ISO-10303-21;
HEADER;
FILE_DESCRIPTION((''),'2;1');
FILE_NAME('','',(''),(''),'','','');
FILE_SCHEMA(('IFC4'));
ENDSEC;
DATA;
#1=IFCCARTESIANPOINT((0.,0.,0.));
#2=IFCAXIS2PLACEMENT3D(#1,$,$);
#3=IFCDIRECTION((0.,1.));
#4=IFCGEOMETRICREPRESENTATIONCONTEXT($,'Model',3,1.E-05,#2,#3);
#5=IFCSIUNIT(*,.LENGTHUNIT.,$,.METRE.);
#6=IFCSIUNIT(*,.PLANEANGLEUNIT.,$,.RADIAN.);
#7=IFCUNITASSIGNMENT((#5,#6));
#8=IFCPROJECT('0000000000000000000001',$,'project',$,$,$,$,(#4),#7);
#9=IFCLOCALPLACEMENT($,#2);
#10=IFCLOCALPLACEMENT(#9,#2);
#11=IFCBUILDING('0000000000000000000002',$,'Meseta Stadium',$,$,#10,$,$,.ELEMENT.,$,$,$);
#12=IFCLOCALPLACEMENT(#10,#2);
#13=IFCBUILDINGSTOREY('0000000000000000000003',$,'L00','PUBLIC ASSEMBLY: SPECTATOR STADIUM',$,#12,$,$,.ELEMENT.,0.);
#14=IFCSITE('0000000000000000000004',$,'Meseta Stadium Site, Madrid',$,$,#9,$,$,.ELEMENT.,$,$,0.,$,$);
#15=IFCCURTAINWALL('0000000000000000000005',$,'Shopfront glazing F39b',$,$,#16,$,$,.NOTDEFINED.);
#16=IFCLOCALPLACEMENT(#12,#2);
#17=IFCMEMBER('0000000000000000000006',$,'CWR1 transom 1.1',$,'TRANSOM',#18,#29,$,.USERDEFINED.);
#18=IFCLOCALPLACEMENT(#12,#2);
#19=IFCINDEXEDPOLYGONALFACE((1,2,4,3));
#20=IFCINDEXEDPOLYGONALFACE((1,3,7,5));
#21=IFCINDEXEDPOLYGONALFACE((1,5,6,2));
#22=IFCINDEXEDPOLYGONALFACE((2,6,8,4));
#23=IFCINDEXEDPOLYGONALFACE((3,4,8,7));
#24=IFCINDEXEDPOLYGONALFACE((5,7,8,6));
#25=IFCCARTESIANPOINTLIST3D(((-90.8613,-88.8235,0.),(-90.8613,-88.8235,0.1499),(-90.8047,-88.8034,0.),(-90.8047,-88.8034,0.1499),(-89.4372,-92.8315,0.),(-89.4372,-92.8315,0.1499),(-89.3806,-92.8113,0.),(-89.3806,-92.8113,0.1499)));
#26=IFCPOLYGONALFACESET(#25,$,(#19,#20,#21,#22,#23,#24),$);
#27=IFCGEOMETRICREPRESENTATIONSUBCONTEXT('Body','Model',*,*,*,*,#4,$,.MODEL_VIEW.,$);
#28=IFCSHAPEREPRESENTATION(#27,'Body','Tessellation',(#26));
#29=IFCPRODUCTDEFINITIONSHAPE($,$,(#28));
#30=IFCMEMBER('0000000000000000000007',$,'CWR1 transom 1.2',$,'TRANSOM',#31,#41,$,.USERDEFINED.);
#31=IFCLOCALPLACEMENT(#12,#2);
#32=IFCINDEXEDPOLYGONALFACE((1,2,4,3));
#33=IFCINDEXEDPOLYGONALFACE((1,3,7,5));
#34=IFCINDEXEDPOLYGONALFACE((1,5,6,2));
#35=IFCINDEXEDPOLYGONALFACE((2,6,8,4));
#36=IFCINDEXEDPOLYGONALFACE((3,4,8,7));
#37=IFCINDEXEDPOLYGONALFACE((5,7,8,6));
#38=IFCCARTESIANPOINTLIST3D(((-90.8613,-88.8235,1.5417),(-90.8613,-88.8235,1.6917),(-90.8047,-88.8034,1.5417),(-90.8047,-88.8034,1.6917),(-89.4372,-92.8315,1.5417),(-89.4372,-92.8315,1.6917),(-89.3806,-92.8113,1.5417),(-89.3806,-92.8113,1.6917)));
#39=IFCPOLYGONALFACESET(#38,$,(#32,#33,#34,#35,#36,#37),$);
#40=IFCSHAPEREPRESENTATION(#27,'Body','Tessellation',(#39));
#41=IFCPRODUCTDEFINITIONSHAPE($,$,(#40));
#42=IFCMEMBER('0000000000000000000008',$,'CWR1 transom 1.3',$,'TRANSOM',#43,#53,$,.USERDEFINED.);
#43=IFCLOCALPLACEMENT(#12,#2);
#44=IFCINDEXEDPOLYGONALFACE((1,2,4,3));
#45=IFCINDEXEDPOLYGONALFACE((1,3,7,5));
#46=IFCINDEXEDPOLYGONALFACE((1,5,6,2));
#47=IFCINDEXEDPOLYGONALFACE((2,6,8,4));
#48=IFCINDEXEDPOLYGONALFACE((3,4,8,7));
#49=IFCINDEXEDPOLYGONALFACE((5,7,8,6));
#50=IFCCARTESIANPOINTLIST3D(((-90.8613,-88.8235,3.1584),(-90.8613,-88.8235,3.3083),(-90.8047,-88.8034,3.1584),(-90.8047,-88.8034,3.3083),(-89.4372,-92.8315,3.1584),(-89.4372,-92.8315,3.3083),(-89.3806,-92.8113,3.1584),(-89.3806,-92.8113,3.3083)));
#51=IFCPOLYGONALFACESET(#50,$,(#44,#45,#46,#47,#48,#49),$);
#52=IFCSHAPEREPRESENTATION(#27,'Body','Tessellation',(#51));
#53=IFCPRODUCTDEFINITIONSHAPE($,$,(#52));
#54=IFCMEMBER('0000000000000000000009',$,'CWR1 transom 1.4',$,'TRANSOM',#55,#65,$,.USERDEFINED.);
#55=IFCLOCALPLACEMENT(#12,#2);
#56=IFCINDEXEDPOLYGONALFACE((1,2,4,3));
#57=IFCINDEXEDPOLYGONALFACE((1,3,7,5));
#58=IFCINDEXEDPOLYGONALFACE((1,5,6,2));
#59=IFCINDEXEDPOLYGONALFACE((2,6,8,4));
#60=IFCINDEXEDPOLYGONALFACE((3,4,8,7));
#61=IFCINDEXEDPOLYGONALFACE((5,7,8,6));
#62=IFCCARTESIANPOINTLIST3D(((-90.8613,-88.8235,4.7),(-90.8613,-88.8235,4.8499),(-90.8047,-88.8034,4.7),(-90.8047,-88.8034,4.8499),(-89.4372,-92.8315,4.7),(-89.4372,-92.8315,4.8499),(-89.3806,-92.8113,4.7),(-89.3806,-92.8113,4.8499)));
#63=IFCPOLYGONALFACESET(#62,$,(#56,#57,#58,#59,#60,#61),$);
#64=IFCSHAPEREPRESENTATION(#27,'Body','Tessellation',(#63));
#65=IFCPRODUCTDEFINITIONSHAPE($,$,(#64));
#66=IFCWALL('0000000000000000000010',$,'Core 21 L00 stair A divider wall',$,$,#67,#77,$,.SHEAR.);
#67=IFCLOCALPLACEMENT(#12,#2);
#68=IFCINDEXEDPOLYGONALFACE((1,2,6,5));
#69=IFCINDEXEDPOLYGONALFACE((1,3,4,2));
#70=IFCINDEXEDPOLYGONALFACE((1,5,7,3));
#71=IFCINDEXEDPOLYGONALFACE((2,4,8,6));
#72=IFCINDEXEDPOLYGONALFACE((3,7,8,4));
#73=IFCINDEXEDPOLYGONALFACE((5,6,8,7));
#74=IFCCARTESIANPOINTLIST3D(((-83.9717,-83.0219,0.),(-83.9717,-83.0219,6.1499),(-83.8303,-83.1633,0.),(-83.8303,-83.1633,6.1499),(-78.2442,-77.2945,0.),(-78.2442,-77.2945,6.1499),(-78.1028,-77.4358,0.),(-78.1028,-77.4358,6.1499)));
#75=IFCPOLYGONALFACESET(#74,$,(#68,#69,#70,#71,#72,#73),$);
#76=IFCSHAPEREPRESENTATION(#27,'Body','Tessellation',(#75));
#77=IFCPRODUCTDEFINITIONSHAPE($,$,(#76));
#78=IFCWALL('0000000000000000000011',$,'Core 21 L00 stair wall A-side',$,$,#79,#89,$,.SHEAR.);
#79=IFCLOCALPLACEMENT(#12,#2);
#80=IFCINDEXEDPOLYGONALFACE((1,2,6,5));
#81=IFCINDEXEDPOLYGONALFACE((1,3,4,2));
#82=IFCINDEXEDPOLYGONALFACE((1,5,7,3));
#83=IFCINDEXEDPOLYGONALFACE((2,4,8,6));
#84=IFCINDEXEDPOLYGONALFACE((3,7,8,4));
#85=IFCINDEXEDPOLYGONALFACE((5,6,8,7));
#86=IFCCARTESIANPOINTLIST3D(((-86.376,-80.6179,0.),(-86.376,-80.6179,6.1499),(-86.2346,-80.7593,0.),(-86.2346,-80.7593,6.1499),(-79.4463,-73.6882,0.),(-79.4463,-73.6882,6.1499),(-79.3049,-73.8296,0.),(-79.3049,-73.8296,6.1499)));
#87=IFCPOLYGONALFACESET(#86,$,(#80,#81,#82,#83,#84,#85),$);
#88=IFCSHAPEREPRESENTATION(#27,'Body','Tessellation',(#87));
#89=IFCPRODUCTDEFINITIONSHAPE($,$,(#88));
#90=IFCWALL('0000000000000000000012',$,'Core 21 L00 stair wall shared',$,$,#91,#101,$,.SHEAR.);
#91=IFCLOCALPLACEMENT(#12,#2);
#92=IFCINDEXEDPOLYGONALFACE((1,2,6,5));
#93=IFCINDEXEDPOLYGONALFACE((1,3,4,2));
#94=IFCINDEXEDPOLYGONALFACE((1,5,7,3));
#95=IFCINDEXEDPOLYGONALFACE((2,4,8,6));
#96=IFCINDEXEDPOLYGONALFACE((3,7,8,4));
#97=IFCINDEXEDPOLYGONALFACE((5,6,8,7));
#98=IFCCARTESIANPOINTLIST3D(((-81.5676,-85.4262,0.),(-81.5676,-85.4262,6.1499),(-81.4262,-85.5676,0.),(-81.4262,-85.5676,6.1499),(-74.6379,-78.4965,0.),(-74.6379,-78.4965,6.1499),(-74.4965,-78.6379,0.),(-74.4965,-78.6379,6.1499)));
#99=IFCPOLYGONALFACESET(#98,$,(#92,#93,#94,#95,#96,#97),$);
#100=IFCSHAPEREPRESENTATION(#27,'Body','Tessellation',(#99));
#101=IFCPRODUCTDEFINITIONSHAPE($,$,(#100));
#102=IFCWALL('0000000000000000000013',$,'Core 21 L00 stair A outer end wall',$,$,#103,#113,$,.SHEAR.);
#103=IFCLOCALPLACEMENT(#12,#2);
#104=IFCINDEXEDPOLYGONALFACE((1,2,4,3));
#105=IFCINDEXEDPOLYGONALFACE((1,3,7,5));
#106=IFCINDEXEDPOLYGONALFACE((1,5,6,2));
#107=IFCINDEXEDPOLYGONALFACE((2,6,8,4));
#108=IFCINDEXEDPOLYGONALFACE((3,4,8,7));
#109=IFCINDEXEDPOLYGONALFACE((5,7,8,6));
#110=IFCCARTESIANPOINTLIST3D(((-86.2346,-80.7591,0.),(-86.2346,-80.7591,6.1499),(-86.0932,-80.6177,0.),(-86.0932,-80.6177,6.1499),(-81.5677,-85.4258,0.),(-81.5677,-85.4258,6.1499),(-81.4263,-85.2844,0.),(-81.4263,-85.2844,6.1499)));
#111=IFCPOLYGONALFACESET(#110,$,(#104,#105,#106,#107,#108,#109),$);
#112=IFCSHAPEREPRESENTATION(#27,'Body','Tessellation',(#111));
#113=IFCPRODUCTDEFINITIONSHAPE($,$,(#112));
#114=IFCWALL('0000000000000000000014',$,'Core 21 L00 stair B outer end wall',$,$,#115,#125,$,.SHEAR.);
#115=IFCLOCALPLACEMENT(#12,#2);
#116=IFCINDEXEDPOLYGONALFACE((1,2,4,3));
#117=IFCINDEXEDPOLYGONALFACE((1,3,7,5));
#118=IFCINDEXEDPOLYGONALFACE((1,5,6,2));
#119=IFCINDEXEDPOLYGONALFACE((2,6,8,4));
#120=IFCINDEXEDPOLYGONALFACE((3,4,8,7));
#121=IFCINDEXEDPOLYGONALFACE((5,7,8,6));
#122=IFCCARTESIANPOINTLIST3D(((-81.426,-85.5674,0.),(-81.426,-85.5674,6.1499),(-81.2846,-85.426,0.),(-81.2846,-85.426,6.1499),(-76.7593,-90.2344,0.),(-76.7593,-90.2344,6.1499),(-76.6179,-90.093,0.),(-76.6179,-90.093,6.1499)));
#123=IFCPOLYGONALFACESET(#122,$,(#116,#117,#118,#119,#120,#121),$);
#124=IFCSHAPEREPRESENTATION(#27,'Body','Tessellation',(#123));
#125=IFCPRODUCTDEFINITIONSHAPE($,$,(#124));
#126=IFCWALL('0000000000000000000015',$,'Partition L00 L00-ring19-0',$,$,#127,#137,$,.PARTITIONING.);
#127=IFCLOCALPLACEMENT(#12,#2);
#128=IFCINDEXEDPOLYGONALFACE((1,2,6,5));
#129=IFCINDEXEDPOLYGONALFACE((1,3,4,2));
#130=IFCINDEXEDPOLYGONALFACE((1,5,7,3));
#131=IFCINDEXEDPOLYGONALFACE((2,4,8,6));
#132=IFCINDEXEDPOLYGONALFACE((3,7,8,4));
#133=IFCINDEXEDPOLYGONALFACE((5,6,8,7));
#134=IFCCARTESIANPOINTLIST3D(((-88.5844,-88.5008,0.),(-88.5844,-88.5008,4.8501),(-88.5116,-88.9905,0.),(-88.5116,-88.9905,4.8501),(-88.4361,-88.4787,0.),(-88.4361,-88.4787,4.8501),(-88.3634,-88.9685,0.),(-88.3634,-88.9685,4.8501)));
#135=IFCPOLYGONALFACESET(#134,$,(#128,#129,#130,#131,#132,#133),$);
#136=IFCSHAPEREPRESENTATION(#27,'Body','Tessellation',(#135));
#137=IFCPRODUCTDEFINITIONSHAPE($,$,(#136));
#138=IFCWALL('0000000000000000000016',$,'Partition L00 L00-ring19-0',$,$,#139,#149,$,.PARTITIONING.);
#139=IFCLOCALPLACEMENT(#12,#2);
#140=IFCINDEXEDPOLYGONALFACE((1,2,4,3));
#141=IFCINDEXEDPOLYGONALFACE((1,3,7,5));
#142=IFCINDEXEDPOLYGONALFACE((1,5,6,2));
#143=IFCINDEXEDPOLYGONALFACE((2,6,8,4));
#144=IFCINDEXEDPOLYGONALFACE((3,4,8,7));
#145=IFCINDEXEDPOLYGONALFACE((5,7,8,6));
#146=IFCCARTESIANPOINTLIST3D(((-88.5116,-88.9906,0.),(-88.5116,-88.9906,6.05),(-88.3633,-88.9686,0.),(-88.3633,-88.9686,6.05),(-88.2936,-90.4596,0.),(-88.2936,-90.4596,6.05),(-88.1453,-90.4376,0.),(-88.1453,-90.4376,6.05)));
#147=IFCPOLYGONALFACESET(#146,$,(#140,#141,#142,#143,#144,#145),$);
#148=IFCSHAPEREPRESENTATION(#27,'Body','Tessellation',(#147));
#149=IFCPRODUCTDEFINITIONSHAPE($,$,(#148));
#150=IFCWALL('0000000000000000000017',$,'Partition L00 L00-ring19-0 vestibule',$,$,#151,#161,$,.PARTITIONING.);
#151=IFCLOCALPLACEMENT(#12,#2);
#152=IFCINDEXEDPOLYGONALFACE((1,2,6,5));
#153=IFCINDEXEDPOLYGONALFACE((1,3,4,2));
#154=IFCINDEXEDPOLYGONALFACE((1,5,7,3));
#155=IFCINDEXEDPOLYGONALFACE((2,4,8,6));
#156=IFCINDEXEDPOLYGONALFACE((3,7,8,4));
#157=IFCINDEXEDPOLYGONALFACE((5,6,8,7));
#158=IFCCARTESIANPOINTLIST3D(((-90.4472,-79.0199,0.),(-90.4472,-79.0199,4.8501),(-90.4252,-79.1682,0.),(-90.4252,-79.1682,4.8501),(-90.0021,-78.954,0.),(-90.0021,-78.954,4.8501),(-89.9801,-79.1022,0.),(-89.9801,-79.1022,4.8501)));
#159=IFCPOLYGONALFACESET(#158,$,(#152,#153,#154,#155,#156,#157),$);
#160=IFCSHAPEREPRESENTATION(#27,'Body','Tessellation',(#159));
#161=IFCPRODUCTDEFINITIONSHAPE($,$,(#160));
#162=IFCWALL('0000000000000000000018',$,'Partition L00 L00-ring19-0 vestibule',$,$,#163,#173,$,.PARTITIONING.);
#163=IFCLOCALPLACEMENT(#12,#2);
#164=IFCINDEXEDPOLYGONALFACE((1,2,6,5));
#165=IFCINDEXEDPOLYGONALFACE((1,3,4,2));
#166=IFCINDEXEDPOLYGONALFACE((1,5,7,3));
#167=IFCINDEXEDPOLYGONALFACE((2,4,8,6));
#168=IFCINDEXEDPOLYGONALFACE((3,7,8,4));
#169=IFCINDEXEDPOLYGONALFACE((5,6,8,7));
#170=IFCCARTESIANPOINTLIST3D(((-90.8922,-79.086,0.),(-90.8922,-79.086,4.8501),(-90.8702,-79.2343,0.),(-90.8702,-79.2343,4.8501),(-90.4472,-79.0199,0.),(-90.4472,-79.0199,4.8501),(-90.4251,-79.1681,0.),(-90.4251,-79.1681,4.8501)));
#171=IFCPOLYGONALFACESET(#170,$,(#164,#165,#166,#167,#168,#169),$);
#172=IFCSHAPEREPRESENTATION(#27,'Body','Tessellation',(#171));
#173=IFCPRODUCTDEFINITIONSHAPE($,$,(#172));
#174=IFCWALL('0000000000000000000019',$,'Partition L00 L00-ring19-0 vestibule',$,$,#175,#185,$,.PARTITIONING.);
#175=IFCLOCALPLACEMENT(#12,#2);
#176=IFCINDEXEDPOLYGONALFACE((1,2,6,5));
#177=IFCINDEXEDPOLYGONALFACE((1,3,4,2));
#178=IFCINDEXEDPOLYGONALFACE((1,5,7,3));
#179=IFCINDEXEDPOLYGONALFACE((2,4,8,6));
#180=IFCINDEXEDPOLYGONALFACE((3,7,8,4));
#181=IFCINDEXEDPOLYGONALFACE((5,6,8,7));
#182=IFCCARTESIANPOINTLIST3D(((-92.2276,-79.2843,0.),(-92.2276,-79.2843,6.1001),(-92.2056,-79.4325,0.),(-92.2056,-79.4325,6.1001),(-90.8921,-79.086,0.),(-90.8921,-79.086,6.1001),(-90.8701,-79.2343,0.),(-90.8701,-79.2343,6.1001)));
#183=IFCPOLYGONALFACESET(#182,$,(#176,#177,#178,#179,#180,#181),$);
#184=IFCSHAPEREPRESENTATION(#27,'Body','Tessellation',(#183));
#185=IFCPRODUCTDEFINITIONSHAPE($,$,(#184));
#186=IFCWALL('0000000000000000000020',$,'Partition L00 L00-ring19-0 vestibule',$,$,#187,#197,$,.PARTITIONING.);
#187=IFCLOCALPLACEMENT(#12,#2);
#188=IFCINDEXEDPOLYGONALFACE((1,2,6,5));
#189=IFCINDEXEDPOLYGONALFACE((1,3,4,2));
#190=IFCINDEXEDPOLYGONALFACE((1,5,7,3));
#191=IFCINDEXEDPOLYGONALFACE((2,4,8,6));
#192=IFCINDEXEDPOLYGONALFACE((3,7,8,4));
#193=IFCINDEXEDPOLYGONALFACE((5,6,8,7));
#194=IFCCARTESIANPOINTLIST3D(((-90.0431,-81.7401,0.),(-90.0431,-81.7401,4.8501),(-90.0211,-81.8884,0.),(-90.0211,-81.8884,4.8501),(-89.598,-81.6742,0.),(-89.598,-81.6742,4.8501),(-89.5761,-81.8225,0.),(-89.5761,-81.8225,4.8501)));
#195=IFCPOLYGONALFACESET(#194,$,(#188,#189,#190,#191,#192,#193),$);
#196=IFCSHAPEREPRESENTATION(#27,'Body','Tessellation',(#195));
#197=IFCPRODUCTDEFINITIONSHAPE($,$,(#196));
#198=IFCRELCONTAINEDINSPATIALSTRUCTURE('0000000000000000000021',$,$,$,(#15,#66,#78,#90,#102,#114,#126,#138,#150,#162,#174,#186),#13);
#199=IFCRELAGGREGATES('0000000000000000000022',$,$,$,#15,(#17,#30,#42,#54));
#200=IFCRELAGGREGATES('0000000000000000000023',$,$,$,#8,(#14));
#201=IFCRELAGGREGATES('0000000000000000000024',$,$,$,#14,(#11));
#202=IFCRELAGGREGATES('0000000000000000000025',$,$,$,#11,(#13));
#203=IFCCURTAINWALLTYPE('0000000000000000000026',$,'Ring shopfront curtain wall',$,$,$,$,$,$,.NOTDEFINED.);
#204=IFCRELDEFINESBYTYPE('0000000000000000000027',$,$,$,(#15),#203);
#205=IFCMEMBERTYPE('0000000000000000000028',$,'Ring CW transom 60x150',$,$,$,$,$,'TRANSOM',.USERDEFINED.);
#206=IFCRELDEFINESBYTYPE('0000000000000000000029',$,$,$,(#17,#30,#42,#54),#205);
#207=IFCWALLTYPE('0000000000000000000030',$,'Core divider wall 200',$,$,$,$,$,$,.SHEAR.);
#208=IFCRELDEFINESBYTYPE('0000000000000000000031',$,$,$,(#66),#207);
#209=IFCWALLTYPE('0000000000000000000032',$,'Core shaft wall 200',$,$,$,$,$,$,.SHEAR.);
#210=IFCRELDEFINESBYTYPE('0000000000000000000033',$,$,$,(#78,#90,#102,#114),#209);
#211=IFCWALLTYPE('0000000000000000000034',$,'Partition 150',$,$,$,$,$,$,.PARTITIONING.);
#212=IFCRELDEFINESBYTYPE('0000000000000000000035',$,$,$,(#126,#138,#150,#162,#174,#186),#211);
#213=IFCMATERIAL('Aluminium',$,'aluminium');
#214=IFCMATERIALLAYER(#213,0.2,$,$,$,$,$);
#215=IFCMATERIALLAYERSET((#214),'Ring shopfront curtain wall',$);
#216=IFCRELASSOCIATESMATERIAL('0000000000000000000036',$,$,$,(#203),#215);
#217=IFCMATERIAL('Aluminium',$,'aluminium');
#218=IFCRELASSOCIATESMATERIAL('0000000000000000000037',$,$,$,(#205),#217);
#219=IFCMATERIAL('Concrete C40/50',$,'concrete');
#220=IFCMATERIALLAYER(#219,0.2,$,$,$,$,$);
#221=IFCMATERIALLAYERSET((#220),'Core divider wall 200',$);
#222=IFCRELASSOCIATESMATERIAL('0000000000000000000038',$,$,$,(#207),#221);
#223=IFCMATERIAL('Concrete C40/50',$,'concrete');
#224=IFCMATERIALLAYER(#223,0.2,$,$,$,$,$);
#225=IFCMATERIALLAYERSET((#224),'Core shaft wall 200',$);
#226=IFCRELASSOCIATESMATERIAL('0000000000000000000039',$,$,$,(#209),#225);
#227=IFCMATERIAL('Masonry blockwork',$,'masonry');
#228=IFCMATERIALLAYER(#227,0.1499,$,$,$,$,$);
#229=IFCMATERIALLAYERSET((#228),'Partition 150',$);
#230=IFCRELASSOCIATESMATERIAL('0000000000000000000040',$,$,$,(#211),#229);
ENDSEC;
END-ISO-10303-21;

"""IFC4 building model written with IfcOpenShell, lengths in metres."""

from ifc_helpers import new_model, si_unit, direction, frame, frame_2d, origin, origin_2d, place, context, subcontext, project, spatial, rectangle, extrude, material, layer, layer_set, material_profile, profile_set, type_object, element, aggregate, save


model = new_model("IFC4")

# Units and contexts
model_context = context("Model", 3, precision=1e-05, world=origin(), true_north=direction((0.0, 1.0)))
body_context = subcontext(model_context, "Body", "Model", "MODEL_VIEW")
ifc_project = project(units=[si_unit("LENGTHUNIT", "METRE"), si_unit("PLANEANGLEUNIT", "RADIAN")], contexts=[model_context])

# Site, building, storey
site_placement = place(None, origin())
site = spatial("IfcSite", under=ifc_project, at=site_placement, Name="Meseta Stadium Site, Madrid", CompositionType="ELEMENT", RefElevation=0.0)
building_placement = place(site_placement, origin())
building = spatial("IfcBuilding", under=site, at=building_placement, Name="Meseta Stadium", CompositionType="ELEMENT")
storey_placement = place(building_placement, origin())
storey = spatial("IfcBuildingStorey", under=building, at=storey_placement, Name="L00", Description="PUBLIC ASSEMBLY: SPECTATOR STADIUM", CompositionType="ELEMENT", Elevation=0.0)

# Shared definitions
ifc_material_1 = material(Name="Aluminium", Category="aluminium")
ifc_layer_1 = layer(ifc_material_1, 0.2)
ifc_layer_set_1 = layer_set([ifc_layer_1], Name="Ring shopfront curtain wall")
curtain_wall_type = type_object("IfcCurtainWallType", Name="Ring shopfront curtain wall", PredefinedType="NOTDEFINED", material=ifc_layer_set_1)

# Curtain wall, members
curtain_wall_1_placement = place(storey_placement, origin())
curtain_wall_1 = element("IfcCurtainWall", 1, at=curtain_wall_1_placement, inside=storey, type_object=curtain_wall_type, Name="Shopfront glazing F39b", PredefinedType="NOTDEFINED")
ifc_material_2 = material(Name="Aluminium", Category="aluminium")
ifc_material_profile_1 = material_profile(ifc_material_2, rectangle(XDim=0.0601, YDim=0.1499, at=origin_2d()), Name="CW 60x150")
ifc_profile_set_1 = profile_set([ifc_material_profile_1], Name="Aluminium")
member_type_1 = type_object("IfcMemberType", Name="Ring CW transom 60x150", ElementType="TRANSOM", PredefinedType="USERDEFINED", material=ifc_profile_set_1)
member_1_placement = place(storey_placement, frame((-90.833, -88.8135, 0.075), z_axis=(0.334816, -0.942284, 0.0), x_axis=(0.942284, 0.334816, 0.0)))
member_1 = element("IfcMember", 2, at=member_1_placement, type_object=member_type_1, Name="CWR1 transom 1.1", ObjectType="TRANSOM", PredefinedType="USERDEFINED", context=body_context, shape_type="SweptSolid", body=[
    extrude(rectangle(XDim=0.0601, YDim=0.1499, at=origin_2d()), origin(), (0.0, 0.0, 1.0), 4.2534),
])
member_2_placement = place(storey_placement, frame((-90.833, -88.8135, 1.6167), z_axis=(0.334816, -0.942284, 0.0), x_axis=(0.942284, 0.334816, 0.0)))
member_2 = element("IfcMember", 3, at=member_2_placement, type_object=member_type_1, Name="CWR1 transom 1.2", ObjectType="TRANSOM", PredefinedType="USERDEFINED", context=body_context, shape_type="SweptSolid", body=[
    extrude(rectangle(XDim=0.0601, YDim=0.1499, at=origin_2d()), origin(), (0.0, 0.0, 1.0), 4.2534),
])
member_3_placement = place(storey_placement, frame((-90.833, -88.8135, 3.2334), z_axis=(0.334816, -0.942284, 0.0), x_axis=(0.942284, 0.334816, 0.0)))
member_3 = element("IfcMember", 4, at=member_3_placement, type_object=member_type_1, Name="CWR1 transom 1.3", ObjectType="TRANSOM", PredefinedType="USERDEFINED", context=body_context, shape_type="SweptSolid", body=[
    extrude(rectangle(XDim=0.0601, YDim=0.1499, at=origin_2d()), origin(), (0.0, 0.0, 1.0), 4.2534),
])
member_4_placement = place(storey_placement, frame((-90.833, -88.8135, 4.7749), z_axis=(0.334816, -0.942284, 0.0), x_axis=(0.942284, 0.334816, 0.0)))
member_4 = element("IfcMember", 5, at=member_4_placement, type_object=member_type_1, Name="CWR1 transom 1.4", ObjectType="TRANSOM", PredefinedType="USERDEFINED", context=body_context, shape_type="SweptSolid", body=[
    extrude(rectangle(XDim=0.0601, YDim=0.1499, at=origin_2d()), origin(), (0.0, 0.0, 1.0), 4.2534),
])
aggregate(curtain_wall_1, [member_1, member_2, member_3, member_4])

# Walls
ifc_material_3 = material(Name="Concrete C40/50", Category="concrete")
ifc_layer_2 = layer(ifc_material_3, 0.2)
ifc_layer_set_2 = layer_set([ifc_layer_2], Name="Core divider wall 200")
wall_type_1 = type_object("IfcWallType", Name="Core divider wall 200", PredefinedType="SHEAR", material=ifc_layer_set_2)
wall_1_placement = place(storey_placement, frame((-83.9009, -83.0925, 0.0), z_axis=(0.0, 0.0, 1.0), x_axis=(0.707107, 0.707107, 0.0)))
element("IfcWall", 6, at=wall_1_placement, inside=storey, type_object=wall_type_1, Name="Core 21 L00 stair A divider wall", PredefinedType="SHEAR", context=body_context, shape_type="SweptSolid", body=[
    extrude(rectangle(XDim=8.0999, YDim=0.2, at=frame_2d((4.0498, 0.0))), origin(), (0.0, 0.0, 1.0), 6.1499),
])
ifc_material_4 = material(Name="Concrete C40/50", Category="concrete")
ifc_layer_3 = layer(ifc_material_4, 0.2)
ifc_layer_set_3 = layer_set([ifc_layer_3], Name="Core shaft wall 200")
wall_type_2 = type_object("IfcWallType", Name="Core shaft wall 200", PredefinedType="SHEAR", material=ifc_layer_set_3)
for number, where, z_axis, x_axis, name in (
    (7, (-86.3052, -80.6885, 0.0), (0.0, 0.0, 1.0), (0.707107, 0.707107, 0.0), "Core 21 L00 stair wall A-side"),
    (8, (-81.4968, -85.4968, 0.0), (0.0, 0.0, 1.0), (0.707107, 0.707107, 0.0), "Core 21 L00 stair wall shared"),
):
    element("IfcWall", number, at=place(storey_placement, frame(where, z_axis=z_axis, x_axis=x_axis)), inside=storey, type_object=wall_type_2, Name=name, PredefinedType="SHEAR", context=body_context, shape_type="SweptSolid", body=[
        extrude(rectangle(XDim=9.8, YDim=0.2, at=frame_2d((4.8999, 0.0))), origin(), (0.0, 0.0, 1.0), 6.1499),
    ])
for number, where, z_axis, x_axis, name in (
    (9, (-86.1638, -80.6885, 0.0), (0.0, 0.0, 1.0), (0.707125, -0.707088, 0.0), "Core 21 L00 stair A outer end wall"),
    (10, (-81.3552, -85.4968, 0.0), (0.0, 0.0, 1.0), (0.707088, -0.707125, 0.0), "Core 21 L00 stair B outer end wall"),
):
    element("IfcWall", number, at=place(storey_placement, frame(where, z_axis=z_axis, x_axis=x_axis)), inside=storey, type_object=wall_type_2, Name=name, PredefinedType="SHEAR", context=body_context, shape_type="SweptSolid", body=[
        extrude(rectangle(XDim=6.5999, YDim=0.2, at=frame_2d((3.2998, 0.0))), origin(), (0.0, 0.0, 1.0), 6.1499),
    ])
ifc_material_5 = material(Name="Masonry blockwork", Category="masonry")
ifc_layer_4 = layer(ifc_material_5, 0.1499)
ifc_layer_set_4 = layer_set([ifc_layer_4], Name="Partition 150")
wall_type_3 = type_object("IfcWallType", Name="Partition 150", PredefinedType="PARTITIONING", material=ifc_layer_set_4)
wall_2_placement = place(storey_placement, frame((-88.5103, -88.4897, 0.0), z_axis=(0.0, 0.0, 1.0), x_axis=(0.146942, -0.989145, 0.0)))
element("IfcWall", 11, at=wall_2_placement, inside=storey, type_object=wall_type_3, Name="Partition L00 L00-ring19-0", PredefinedType="PARTITIONING", context=body_context, shape_type="SweptSolid", body=[
    extrude(rectangle(XDim=0.4951, YDim=0.1499, at=frame_2d((0.2476, 0.0))), origin(), (0.0, 0.0, 1.0), 4.8501),
])
wall_3_placement = place(storey_placement, frame((-88.4375, -88.9795, 0.0), z_axis=(0.0, 0.0, 1.0), x_axis=(0.146805, -0.989165, 0.0)))
element("IfcWall", 12, at=wall_3_placement, inside=storey, type_object=wall_type_3, Name="Partition L00 L00-ring19-0", PredefinedType="PARTITIONING", context=body_context, shape_type="SweptSolid", body=[
    extrude(rectangle(XDim=1.4851, YDim=0.1499, at=frame_2d((0.7427, 0.0))), origin(), (0.0, 0.0, 1.0), 6.05),
])
for number, where, z_axis, x_axis, name in (
    (13, (-89.991, -79.0281, 0.0), (0.0, 0.0, 1.0), (-0.989209, -0.146509, 0.0), "Partition L00 L00-ring19-0 vestibule"),
    (14, (-90.436, -79.094, 0.0), (0.0, 0.0, 1.0), (-0.989131, -0.14704, 0.0), "Partition L00 L00-ring19-0 vestibule"),
):
    element("IfcWall", number, at=place(storey_placement, frame(where, z_axis=z_axis, x_axis=x_axis)), inside=storey, type_object=wall_type_3, Name=name, PredefinedType="PARTITIONING", context=body_context, shape_type="SweptSolid", body=[
        extrude(rectangle(XDim=0.45, YDim=0.1499, at=frame_2d((0.2251, 0.0))), origin(), (0.0, 0.0, 1.0), 4.8501),
    ])
wall_4_placement = place(storey_placement, frame((-90.8811, -79.1602, 0.0), z_axis=(0.0, 0.0, 1.0), x_axis=(-0.989161, -0.146837, 0.0)))
element("IfcWall", 15, at=wall_4_placement, inside=storey, type_object=wall_type_3, Name="Partition L00 L00-ring19-0 vestibule", PredefinedType="PARTITIONING", context=body_context, shape_type="SweptSolid", body=[
    extrude(rectangle(XDim=1.3501, YDim=0.1499, at=frame_2d((0.675, 0.0))), origin(), (0.0, 0.0, 1.0), 6.1001),
])
wall_5_placement = place(storey_placement, frame((-89.5869, -81.7483, 0.0), z_axis=(0.0, 0.0, 1.0), x_axis=(-0.989209, -0.146509, 0.0)))
element("IfcWall", 16, at=wall_5_placement, inside=storey, type_object=wall_type_3, Name="Partition L00 L00-ring19-0 vestibule", PredefinedType="PARTITIONING", context=body_context, shape_type="SweptSolid", body=[
    extrude(rectangle(XDim=0.45, YDim=0.1499, at=frame_2d((0.2251, 0.0))), origin(), (0.0, 0.0, 1.0), 4.8501),
])

save(model, "model.ifc")
